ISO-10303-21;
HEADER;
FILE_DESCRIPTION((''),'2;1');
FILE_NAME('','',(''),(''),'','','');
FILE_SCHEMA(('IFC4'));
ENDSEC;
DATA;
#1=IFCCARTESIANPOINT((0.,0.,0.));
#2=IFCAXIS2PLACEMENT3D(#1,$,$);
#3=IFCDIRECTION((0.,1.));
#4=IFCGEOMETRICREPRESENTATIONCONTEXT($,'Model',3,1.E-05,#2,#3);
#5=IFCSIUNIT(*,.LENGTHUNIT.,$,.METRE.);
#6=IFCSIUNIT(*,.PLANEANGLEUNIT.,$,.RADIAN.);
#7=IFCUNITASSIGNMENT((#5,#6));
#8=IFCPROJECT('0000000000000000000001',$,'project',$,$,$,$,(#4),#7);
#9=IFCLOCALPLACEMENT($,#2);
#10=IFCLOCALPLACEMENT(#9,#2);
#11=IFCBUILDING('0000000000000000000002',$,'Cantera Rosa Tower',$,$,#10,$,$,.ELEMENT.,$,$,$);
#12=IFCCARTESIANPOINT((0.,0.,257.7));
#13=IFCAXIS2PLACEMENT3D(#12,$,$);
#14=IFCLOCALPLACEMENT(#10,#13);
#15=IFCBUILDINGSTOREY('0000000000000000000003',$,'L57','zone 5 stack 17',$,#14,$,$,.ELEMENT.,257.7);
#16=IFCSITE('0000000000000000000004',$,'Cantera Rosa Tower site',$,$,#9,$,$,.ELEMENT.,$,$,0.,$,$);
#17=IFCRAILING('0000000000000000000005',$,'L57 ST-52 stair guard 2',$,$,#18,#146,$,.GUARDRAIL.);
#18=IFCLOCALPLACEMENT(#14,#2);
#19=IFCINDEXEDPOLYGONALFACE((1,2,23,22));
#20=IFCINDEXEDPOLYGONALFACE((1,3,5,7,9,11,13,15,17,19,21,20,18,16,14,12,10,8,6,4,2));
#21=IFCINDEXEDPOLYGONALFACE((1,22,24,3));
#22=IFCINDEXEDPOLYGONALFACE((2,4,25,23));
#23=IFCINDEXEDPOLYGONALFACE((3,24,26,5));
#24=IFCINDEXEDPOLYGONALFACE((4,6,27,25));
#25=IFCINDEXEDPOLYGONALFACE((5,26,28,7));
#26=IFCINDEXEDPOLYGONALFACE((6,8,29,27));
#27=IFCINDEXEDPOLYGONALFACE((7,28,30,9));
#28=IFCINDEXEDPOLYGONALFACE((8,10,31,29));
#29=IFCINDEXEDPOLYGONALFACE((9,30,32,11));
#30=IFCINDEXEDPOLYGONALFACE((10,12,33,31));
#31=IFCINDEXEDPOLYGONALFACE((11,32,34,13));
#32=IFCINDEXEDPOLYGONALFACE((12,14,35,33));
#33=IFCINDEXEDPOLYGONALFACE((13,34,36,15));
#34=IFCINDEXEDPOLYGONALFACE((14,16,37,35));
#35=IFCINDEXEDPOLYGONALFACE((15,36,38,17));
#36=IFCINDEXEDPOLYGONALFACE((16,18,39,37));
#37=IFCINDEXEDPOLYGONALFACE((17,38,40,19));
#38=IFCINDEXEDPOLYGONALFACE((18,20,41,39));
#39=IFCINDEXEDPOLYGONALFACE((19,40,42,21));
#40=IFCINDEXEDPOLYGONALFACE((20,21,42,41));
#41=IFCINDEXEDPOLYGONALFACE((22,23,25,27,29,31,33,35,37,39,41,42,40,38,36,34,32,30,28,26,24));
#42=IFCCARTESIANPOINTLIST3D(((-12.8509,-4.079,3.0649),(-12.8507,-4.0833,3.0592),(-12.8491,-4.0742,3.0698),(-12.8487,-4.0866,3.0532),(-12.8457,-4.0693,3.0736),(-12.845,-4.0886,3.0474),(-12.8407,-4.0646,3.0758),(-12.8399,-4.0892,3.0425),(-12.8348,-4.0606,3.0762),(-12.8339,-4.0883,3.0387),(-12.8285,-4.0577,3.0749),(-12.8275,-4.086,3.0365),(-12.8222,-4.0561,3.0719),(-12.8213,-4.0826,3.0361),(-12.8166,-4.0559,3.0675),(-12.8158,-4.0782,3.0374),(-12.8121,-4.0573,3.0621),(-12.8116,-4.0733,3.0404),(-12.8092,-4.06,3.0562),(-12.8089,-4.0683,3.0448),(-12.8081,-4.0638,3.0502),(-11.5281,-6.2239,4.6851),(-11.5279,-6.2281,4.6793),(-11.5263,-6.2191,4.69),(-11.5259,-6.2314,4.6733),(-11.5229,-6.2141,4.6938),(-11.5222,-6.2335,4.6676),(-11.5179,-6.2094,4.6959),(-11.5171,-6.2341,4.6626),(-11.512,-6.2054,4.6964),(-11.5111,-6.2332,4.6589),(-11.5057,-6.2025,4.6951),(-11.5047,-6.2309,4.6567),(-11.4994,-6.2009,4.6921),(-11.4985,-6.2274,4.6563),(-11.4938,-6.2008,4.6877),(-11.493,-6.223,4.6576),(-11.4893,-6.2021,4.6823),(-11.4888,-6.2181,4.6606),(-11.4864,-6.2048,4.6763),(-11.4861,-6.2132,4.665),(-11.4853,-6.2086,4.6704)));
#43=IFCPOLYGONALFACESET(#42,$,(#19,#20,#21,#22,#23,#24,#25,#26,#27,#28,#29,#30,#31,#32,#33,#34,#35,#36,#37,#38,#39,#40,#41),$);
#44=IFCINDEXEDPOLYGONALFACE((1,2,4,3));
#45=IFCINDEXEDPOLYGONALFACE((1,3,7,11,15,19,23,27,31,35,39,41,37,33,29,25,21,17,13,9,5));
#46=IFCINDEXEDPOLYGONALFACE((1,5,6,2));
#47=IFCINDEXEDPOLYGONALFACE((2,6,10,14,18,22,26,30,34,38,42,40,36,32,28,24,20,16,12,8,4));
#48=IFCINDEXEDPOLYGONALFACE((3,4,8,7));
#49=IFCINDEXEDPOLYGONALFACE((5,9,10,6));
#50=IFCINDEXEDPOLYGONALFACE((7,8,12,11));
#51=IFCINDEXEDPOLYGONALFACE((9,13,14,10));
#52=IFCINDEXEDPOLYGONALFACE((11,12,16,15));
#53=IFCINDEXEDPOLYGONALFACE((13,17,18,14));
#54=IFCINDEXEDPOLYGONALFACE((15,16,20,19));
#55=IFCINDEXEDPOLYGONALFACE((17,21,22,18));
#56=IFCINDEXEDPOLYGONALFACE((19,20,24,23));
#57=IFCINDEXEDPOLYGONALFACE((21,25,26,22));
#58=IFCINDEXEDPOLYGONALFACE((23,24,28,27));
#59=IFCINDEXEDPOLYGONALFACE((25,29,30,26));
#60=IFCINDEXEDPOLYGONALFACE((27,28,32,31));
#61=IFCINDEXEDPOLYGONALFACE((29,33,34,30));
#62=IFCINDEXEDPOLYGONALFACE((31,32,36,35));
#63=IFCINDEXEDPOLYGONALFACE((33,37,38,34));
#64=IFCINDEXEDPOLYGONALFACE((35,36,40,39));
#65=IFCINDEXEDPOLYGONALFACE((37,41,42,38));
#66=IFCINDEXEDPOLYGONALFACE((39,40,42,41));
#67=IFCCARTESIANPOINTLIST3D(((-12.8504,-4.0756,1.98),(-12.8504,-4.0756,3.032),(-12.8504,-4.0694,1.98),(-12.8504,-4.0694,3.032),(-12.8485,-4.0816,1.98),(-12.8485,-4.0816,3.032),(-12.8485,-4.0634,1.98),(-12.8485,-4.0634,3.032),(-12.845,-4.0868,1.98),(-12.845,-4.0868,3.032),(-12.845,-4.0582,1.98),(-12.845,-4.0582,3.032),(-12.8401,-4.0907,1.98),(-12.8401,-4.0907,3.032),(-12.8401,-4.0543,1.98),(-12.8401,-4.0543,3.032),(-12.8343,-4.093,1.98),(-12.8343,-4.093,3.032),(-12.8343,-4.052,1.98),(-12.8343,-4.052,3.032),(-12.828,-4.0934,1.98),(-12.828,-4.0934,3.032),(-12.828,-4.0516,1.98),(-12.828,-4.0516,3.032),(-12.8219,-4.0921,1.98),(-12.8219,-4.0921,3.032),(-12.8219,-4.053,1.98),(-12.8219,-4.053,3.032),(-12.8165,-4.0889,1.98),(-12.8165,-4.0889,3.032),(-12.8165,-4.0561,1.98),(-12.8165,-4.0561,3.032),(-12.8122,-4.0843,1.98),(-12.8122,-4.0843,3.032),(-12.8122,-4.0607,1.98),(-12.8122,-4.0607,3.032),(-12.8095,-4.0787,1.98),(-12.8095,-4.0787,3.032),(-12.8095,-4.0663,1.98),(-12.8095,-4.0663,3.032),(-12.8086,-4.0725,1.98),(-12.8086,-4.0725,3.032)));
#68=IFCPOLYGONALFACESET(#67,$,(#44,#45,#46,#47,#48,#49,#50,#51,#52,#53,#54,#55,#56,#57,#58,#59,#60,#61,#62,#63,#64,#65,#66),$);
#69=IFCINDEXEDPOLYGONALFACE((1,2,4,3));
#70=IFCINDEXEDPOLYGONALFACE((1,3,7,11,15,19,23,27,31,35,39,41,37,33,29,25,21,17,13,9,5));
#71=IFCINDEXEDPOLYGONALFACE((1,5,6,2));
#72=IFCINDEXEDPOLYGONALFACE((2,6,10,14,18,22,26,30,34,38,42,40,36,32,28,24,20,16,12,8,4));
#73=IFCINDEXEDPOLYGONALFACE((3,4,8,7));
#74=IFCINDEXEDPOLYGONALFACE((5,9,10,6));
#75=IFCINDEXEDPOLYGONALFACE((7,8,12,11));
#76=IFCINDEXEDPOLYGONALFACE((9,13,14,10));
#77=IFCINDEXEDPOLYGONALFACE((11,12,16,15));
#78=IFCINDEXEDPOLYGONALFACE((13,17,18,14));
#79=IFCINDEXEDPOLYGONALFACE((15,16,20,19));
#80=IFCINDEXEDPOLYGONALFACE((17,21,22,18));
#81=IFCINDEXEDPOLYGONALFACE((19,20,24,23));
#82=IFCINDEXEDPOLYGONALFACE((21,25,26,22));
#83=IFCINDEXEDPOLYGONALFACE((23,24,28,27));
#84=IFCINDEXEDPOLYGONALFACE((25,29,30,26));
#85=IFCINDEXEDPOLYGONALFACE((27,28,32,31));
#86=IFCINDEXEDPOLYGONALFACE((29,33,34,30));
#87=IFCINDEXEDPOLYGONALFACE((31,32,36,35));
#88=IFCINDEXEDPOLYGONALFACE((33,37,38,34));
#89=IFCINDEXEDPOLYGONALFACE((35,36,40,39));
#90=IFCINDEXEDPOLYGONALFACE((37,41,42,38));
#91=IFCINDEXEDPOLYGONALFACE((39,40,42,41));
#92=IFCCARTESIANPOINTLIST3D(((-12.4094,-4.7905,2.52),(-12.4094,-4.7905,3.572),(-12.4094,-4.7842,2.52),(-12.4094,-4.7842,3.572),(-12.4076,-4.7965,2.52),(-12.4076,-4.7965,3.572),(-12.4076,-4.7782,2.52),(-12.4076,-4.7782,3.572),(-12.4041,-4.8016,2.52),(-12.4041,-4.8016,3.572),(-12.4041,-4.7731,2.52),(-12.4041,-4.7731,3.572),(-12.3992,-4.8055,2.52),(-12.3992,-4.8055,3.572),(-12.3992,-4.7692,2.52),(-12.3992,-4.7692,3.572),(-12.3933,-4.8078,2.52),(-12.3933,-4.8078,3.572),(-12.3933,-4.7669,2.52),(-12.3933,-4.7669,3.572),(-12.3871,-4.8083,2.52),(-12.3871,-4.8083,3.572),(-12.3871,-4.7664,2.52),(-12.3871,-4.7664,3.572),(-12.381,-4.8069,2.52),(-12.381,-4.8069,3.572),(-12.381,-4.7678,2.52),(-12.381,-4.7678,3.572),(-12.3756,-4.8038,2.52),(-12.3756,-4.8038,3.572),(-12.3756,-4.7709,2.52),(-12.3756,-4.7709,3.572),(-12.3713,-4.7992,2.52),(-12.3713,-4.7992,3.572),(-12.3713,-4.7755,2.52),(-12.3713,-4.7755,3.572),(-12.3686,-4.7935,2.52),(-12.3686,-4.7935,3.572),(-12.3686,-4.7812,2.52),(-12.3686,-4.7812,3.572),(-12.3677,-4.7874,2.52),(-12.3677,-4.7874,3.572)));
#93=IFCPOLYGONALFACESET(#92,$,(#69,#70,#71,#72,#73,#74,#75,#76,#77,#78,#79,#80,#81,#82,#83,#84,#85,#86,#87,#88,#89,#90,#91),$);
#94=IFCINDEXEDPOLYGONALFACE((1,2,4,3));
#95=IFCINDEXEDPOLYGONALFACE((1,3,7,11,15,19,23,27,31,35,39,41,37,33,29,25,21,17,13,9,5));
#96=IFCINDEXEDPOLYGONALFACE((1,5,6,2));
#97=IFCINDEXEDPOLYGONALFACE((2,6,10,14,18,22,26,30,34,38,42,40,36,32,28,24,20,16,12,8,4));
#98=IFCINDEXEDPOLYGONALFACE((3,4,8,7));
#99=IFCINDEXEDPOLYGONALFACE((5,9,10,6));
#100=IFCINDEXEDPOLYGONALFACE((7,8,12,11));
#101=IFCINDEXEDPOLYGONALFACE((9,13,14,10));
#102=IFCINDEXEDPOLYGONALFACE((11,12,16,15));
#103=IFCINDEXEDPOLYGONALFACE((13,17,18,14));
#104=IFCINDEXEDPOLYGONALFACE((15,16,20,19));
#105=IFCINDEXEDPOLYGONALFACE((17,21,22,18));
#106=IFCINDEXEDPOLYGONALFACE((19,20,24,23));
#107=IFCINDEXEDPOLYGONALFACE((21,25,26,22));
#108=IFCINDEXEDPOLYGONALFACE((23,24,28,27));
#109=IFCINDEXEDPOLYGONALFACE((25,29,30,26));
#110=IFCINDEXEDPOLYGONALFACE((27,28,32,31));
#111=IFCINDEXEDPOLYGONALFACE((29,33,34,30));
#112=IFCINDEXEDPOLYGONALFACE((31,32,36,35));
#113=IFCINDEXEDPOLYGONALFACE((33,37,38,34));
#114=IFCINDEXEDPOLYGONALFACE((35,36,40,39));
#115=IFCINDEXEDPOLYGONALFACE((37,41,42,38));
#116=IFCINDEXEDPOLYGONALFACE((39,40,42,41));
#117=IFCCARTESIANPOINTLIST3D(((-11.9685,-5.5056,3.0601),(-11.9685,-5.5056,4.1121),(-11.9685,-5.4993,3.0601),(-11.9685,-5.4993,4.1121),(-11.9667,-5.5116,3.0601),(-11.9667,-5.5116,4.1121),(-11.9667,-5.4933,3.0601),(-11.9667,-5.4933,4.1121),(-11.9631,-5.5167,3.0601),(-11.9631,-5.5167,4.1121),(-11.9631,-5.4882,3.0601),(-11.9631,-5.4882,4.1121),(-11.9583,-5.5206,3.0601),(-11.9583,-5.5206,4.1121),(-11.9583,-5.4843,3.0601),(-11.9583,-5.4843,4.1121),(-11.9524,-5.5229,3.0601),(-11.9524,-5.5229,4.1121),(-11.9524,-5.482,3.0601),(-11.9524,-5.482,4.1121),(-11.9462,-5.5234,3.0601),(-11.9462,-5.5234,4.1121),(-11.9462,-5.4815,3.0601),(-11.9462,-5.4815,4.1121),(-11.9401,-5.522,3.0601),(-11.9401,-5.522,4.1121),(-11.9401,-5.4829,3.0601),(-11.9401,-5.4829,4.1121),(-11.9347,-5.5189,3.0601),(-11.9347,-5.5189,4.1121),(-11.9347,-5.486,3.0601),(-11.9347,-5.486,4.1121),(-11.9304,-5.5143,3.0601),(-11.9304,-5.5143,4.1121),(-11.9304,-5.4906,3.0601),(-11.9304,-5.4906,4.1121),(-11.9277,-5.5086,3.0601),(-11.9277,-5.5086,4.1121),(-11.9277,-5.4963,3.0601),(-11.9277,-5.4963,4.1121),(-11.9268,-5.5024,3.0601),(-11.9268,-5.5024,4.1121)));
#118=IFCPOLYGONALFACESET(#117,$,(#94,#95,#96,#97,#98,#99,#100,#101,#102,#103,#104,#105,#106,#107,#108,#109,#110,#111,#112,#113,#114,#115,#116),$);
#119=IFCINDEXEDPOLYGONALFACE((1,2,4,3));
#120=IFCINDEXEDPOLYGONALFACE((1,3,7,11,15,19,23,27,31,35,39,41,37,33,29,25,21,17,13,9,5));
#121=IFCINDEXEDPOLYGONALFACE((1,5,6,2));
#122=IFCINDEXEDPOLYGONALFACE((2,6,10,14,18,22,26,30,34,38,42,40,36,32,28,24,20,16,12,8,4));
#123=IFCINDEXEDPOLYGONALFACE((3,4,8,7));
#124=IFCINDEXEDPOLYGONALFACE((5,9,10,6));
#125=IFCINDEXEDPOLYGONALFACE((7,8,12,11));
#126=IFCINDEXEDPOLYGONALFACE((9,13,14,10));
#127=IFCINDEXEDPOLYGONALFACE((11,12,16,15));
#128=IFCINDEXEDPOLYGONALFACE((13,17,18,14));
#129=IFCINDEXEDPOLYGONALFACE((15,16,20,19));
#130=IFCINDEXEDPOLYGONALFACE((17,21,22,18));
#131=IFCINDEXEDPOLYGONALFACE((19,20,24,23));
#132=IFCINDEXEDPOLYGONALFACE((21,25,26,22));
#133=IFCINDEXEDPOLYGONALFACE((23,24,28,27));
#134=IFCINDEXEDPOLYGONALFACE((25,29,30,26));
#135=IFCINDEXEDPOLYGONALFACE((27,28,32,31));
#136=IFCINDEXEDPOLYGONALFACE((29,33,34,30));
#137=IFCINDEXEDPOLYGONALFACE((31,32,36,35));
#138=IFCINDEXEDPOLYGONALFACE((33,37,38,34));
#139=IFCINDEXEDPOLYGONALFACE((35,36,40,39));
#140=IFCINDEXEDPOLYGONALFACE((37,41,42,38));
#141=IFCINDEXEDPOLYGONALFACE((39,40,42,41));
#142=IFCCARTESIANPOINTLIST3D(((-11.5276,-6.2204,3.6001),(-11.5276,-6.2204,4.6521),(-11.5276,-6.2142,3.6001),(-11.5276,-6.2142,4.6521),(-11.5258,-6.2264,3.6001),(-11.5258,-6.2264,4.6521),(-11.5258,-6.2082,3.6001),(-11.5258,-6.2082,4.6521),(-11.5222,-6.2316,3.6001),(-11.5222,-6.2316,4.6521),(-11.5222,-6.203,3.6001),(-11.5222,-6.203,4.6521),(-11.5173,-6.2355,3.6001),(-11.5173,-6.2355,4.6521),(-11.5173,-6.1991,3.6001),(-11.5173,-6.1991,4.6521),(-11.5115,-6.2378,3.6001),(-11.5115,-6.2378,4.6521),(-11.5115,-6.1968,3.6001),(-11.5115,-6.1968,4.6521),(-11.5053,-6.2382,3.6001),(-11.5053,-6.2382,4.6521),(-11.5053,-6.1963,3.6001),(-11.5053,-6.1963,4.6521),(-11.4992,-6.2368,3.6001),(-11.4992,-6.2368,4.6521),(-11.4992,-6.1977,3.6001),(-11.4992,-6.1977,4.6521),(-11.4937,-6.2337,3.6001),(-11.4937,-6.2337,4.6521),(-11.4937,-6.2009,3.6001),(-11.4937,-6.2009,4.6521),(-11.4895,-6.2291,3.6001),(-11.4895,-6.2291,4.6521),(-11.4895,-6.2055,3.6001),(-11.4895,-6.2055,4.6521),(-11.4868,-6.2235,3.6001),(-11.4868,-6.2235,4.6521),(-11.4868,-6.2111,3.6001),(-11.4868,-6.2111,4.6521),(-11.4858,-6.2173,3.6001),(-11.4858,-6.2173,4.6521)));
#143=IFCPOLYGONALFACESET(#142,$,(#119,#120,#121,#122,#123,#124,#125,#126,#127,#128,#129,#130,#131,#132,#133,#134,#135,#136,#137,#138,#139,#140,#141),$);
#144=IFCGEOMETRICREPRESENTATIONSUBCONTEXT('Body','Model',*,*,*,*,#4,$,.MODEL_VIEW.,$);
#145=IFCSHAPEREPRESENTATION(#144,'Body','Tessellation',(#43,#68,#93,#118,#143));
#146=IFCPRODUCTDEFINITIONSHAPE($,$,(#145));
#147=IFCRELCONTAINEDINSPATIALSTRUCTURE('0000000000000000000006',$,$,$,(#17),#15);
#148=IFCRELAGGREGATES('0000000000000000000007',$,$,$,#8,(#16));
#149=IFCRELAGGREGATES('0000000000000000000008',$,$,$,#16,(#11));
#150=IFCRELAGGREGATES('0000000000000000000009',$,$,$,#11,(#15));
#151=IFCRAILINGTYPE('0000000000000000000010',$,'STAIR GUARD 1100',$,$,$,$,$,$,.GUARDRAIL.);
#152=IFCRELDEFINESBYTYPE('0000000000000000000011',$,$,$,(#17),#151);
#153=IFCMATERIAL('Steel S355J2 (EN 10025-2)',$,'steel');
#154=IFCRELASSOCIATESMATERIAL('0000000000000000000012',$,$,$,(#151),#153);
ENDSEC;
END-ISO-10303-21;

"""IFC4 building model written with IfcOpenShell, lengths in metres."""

from ifc_helpers import new_model, si_unit, direction, frame, origin, origin_2d, place, context, subcontext, project, spatial, circle, extrude, material, type_object, element, save


model = new_model("IFC4")

# Units and contexts
model_context = context("Model", 3, precision=1e-05, world=origin(), true_north=direction((0.0, 1.0)))
body_context = subcontext(model_context, "Body", "Model", "MODEL_VIEW")
ifc_project = project(units=[si_unit("LENGTHUNIT", "METRE"), si_unit("PLANEANGLEUNIT", "RADIAN")], contexts=[model_context])

# Site, building, storey
site_placement = place(None, origin())
site = spatial("IfcSite", under=ifc_project, at=site_placement, Name="Cantera Rosa Tower site", CompositionType="ELEMENT", RefElevation=0.0)
building_placement = place(site_placement, origin())
building = spatial("IfcBuilding", under=site, at=building_placement, Name="Cantera Rosa Tower", CompositionType="ELEMENT")
storey_placement = place(building_placement, frame((0.0, 0.0, 257.7)))
storey = spatial("IfcBuildingStorey", under=building, at=storey_placement, Name="L57", Description="zone 5 stack 17", CompositionType="ELEMENT", Elevation=257.7)

# Railing
ifc_material_1 = material(Name="Steel S355J2 (EN 10025-2)", Category="steel")
railing_type_1 = type_object("IfcRailingType", Name="STAIR GUARD 1100", PredefinedType="GUARDRAIL", material=ifc_material_1)
railing_1_placement = place(storey_placement, frame((-12.8296, -4.0725, 1.98)))
element("IfcRailing", 1, at=railing_1_placement, inside=storey, type_object=railing_type_1, Name="L57 ST-52 stair guard 2", PredefinedType="GUARDRAIL", context=body_context, shape_type="SweptSolid", body=[
    extrude(circle(Radius=0.0239, at=origin_2d()), frame((0.0, 0.0, 1.0762), z_axis=(0.441543, -0.715939, 0.540805), x_axis=(0.851146, 0.52493, 0.0)), (0.0, 0.0, 1.0), 2.9958),
    extrude(circle(Radius=0.021, at=origin_2d()), origin(), (0.0, 0.0, 1.0), 1.052),
    extrude(circle(Radius=0.021, at=origin_2d()), frame((0.4409, -0.7148, 0.54)), (0.0, 0.0, 1.0), 1.052),
    extrude(circle(Radius=0.021, at=origin_2d()), frame((0.8818, -1.4299, 1.0801)), (0.0, 0.0, 1.0), 1.052),
    extrude(circle(Radius=0.021, at=origin_2d()), frame((1.3228, -2.1448, 1.6201)), (0.0, 0.0, 1.0), 1.052),
])

save(model, "model.ifc")
